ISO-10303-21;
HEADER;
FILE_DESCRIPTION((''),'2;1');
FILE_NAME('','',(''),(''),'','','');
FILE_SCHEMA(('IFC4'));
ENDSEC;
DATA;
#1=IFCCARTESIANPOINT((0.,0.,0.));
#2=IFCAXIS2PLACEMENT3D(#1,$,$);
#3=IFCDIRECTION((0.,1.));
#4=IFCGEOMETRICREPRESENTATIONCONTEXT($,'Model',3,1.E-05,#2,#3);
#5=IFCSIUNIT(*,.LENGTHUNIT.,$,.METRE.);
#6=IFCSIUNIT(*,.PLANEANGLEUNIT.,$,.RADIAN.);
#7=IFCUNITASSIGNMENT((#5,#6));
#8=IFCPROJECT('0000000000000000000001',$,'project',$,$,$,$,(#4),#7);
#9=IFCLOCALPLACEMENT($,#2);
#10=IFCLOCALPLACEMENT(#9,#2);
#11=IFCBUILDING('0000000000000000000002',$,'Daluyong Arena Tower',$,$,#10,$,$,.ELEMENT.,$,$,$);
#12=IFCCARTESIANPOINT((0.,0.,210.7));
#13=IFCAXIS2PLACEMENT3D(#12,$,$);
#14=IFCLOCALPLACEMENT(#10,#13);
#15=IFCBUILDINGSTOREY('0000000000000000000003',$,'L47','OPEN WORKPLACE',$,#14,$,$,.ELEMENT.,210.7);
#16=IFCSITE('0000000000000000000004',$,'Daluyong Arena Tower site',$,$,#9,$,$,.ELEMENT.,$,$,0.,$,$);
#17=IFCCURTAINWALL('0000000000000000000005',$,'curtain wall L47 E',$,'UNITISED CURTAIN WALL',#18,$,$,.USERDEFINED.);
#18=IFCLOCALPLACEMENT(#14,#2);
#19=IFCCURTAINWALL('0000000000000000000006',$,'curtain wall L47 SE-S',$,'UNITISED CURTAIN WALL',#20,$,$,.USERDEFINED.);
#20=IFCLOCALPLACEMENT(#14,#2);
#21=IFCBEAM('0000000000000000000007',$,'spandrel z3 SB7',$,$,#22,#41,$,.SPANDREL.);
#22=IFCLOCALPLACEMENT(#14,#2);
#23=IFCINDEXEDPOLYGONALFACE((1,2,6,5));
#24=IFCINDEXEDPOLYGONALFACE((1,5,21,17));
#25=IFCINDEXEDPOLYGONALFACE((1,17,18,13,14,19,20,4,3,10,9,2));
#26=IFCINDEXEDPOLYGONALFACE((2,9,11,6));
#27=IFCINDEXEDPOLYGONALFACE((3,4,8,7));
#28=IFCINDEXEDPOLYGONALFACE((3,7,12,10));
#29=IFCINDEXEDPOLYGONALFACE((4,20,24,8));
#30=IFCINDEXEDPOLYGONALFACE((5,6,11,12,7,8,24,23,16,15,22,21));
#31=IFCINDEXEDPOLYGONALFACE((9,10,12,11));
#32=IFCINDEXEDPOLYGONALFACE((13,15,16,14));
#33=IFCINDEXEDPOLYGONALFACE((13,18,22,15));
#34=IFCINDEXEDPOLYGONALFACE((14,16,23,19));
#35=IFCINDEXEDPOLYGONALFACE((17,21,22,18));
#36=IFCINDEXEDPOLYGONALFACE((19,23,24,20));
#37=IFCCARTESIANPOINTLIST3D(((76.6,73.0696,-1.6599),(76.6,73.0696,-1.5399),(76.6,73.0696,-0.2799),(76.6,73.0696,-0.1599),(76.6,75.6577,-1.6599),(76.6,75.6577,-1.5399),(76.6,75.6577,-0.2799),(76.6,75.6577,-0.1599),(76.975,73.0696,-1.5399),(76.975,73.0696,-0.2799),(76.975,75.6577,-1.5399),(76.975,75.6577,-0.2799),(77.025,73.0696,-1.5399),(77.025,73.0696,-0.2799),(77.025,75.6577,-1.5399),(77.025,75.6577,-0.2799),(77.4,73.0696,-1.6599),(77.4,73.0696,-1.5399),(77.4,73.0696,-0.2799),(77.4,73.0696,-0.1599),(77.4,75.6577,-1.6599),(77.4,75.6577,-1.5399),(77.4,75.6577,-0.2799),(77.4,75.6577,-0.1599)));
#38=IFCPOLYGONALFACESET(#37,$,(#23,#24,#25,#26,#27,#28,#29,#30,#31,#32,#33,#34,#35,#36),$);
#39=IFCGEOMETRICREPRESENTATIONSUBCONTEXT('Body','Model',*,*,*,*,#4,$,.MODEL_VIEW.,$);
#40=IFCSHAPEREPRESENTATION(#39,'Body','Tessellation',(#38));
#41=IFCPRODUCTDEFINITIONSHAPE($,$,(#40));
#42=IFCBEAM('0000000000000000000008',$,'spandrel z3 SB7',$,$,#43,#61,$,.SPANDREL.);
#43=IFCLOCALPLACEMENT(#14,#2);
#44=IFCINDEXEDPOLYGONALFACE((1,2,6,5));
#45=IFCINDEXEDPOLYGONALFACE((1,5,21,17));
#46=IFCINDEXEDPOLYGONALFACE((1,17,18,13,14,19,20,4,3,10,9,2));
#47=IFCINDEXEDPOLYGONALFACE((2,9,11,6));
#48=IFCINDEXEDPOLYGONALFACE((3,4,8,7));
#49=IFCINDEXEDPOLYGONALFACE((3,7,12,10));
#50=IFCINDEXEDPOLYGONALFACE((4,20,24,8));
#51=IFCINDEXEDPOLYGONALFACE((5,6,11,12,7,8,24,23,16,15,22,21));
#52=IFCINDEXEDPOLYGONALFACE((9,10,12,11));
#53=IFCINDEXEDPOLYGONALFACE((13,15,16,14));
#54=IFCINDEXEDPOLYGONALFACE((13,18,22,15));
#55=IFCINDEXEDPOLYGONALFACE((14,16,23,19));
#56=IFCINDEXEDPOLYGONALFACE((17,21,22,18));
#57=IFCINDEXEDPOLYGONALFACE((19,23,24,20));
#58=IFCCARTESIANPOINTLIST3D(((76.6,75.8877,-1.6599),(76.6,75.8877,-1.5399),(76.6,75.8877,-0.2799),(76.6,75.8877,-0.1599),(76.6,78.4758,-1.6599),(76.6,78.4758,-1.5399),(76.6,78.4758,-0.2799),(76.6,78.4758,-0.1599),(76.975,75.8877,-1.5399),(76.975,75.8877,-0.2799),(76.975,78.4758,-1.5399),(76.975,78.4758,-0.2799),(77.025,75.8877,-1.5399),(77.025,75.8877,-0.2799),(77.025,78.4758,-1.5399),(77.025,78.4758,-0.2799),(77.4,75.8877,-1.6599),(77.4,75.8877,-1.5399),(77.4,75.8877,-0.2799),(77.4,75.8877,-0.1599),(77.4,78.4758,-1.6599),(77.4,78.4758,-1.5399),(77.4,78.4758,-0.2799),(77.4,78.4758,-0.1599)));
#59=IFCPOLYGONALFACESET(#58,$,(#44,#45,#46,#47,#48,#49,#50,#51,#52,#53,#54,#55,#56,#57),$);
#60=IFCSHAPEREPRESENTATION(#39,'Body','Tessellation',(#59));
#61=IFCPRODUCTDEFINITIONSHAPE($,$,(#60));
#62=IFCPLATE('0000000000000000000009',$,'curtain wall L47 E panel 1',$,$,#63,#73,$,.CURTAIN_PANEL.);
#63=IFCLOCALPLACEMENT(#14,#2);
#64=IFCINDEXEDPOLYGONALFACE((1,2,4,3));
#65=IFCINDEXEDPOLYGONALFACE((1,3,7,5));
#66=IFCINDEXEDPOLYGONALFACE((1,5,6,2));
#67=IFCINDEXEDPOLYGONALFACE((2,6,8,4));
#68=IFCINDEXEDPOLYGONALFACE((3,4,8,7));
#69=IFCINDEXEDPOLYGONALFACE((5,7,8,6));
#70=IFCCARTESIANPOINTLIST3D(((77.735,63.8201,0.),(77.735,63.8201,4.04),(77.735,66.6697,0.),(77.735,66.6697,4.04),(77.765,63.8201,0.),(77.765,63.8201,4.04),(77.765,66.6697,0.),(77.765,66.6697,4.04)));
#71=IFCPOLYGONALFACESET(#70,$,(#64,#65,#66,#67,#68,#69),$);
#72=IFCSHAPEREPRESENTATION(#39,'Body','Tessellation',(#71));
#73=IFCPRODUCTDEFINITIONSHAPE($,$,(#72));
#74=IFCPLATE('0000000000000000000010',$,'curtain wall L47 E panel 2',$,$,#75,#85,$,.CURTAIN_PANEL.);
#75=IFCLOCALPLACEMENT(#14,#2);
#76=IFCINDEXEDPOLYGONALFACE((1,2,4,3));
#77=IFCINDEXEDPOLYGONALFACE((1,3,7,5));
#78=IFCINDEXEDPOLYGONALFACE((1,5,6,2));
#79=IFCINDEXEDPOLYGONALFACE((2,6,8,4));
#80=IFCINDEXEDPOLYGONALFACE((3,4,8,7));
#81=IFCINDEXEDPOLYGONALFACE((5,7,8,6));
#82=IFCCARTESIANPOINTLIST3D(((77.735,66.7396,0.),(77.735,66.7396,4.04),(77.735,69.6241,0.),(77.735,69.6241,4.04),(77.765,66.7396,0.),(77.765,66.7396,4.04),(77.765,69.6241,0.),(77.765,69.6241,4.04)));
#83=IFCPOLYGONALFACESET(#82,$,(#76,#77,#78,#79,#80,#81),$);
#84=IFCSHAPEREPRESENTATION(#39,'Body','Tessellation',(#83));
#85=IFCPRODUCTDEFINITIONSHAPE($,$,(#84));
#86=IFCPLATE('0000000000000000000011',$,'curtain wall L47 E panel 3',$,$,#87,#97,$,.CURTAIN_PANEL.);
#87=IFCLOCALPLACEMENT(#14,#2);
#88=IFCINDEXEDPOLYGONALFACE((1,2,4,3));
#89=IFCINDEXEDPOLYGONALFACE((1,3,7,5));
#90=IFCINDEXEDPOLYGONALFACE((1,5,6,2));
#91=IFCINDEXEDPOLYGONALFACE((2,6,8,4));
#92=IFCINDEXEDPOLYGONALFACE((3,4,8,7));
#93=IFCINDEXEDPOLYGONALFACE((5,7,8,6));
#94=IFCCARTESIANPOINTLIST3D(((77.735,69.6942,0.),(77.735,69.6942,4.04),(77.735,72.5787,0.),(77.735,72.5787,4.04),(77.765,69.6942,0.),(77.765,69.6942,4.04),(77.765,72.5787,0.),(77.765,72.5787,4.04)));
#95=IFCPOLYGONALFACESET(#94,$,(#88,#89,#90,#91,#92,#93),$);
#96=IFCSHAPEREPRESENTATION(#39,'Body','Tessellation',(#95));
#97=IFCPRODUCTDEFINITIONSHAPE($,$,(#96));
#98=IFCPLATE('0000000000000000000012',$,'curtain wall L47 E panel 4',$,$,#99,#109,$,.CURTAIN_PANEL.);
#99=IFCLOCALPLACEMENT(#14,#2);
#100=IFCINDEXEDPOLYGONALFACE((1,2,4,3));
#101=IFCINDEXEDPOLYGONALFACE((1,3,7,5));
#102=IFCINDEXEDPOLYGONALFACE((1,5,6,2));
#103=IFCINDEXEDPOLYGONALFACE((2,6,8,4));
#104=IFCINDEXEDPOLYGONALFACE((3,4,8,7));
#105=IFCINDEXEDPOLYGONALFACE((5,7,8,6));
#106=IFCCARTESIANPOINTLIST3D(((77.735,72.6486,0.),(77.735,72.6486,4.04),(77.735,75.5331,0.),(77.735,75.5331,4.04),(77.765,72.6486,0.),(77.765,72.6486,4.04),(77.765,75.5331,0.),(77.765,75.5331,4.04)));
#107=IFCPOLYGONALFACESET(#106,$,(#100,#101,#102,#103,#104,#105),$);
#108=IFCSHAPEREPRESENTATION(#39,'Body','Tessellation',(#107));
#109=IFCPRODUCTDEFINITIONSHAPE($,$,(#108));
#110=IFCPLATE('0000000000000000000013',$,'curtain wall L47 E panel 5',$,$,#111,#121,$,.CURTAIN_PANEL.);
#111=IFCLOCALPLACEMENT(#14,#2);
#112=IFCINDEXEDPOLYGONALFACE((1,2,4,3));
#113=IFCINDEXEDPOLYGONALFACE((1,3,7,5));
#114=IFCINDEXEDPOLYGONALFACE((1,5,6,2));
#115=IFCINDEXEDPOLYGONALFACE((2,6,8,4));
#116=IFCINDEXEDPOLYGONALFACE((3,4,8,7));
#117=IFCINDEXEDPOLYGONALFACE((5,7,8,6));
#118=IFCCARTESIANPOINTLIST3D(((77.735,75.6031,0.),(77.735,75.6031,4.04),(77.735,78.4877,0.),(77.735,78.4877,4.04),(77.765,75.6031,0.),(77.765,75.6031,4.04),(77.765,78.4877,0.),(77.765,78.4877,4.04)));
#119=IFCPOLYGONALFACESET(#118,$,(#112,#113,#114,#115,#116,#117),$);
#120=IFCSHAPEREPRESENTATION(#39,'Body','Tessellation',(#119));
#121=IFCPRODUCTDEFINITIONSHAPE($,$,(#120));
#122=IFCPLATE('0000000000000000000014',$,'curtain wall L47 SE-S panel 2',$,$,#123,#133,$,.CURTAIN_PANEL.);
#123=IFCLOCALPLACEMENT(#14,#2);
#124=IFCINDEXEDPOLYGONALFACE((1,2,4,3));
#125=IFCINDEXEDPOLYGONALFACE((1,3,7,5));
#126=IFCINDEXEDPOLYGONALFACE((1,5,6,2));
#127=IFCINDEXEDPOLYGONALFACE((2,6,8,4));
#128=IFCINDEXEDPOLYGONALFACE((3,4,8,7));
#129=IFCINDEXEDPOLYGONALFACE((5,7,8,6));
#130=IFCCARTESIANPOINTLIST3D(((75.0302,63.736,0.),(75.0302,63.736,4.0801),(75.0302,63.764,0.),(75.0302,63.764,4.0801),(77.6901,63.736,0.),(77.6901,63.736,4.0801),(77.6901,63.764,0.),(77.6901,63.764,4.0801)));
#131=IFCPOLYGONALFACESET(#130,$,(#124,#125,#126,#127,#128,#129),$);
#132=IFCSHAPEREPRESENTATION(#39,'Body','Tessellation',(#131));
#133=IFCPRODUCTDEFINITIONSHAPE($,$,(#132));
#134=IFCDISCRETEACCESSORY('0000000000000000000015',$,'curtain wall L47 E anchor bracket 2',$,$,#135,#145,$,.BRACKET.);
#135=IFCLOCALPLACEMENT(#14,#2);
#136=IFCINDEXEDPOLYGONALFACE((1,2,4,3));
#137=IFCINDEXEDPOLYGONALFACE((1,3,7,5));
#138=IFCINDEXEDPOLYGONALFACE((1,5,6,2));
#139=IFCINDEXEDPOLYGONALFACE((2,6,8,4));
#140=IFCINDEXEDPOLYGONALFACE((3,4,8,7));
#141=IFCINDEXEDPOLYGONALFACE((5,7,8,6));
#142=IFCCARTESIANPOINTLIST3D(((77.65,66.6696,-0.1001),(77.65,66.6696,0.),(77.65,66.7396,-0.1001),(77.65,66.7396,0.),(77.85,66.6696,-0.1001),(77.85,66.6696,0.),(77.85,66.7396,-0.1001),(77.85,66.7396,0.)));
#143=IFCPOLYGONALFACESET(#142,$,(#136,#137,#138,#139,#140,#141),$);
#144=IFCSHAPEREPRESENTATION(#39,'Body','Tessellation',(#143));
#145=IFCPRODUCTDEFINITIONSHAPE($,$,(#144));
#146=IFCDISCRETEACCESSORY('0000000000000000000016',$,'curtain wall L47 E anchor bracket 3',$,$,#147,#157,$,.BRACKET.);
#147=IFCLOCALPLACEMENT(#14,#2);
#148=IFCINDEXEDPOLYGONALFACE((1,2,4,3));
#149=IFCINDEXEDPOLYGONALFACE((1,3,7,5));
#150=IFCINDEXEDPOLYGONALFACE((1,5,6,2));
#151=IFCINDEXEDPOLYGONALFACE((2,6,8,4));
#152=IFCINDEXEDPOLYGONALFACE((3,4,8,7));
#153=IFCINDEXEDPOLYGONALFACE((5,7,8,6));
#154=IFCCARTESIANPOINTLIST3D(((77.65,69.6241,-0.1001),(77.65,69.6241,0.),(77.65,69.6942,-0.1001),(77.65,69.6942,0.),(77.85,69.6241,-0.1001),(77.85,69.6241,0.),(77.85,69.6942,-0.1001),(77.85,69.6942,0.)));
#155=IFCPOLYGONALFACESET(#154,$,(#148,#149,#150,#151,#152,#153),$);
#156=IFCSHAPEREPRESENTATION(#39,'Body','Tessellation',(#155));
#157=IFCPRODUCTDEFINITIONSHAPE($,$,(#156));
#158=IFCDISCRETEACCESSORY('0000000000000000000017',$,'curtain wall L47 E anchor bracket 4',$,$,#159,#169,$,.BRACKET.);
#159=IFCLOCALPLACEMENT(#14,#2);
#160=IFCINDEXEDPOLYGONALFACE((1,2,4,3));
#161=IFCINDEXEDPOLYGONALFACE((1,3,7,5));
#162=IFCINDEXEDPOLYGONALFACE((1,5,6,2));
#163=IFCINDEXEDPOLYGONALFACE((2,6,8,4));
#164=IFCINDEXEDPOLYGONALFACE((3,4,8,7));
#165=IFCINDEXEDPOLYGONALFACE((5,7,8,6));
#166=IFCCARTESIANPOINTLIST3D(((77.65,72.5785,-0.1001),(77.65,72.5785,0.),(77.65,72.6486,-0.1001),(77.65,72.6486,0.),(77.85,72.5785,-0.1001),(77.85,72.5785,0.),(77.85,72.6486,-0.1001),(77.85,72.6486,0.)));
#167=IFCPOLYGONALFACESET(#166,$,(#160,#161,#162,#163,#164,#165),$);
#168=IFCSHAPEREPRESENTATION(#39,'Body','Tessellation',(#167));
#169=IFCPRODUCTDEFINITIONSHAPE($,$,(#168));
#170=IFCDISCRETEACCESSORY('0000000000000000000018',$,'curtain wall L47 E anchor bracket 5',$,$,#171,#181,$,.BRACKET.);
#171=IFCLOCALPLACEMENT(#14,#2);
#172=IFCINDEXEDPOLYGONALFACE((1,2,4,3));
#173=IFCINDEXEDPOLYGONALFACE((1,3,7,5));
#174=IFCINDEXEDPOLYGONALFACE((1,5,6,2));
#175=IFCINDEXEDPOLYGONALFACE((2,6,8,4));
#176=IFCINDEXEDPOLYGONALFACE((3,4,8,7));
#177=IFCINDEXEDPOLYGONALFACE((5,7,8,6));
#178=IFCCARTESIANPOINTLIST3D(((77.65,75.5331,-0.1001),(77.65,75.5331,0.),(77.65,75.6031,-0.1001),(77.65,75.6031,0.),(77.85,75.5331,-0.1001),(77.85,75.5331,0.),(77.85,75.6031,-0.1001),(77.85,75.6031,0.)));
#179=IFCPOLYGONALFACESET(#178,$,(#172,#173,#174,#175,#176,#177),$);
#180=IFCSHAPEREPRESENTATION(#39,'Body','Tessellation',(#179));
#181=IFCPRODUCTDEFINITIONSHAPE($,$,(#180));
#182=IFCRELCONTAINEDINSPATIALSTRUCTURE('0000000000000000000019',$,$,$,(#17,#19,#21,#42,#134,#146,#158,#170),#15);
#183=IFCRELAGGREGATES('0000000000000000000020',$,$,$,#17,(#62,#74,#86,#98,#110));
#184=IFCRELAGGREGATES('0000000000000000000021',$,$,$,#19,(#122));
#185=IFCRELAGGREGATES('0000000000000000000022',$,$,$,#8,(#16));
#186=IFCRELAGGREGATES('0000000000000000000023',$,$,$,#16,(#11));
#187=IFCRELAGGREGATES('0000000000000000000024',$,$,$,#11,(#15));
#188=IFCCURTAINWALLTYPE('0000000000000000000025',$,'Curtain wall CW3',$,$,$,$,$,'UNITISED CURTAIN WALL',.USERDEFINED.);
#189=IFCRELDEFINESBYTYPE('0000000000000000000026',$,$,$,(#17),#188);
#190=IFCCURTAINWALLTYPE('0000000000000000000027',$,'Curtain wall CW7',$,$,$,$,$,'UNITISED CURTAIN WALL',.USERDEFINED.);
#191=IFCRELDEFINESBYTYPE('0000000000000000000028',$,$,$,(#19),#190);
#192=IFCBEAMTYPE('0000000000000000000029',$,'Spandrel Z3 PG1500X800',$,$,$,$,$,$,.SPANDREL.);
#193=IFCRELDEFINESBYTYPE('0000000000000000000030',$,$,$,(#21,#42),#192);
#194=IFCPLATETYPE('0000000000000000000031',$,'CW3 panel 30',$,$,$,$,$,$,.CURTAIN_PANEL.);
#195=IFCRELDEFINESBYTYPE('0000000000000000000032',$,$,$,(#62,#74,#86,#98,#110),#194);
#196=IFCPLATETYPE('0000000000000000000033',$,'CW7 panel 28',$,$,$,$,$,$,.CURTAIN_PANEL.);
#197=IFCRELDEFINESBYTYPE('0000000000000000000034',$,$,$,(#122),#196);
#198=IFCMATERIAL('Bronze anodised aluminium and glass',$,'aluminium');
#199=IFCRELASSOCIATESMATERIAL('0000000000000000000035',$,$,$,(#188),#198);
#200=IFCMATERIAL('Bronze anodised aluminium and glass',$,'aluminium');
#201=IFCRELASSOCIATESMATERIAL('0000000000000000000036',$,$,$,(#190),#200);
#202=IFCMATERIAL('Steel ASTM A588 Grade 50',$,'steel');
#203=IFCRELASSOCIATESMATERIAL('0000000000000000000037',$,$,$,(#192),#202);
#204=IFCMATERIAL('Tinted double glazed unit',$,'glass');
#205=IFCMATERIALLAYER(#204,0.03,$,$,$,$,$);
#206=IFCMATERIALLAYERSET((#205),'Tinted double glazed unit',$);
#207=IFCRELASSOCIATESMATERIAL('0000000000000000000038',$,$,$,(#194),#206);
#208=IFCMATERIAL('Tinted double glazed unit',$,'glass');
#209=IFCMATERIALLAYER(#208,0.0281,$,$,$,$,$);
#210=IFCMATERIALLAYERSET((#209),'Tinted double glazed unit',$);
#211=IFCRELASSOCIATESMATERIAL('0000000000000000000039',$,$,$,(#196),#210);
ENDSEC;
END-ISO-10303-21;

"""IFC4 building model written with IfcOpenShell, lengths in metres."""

from ifc_helpers import new_model, si_unit, direction, frame, origin, origin_2d, place, context, subcontext, project, spatial, rectangle, i_section, extrude, material, layer, layer_set, material_profile, profile_set, type_object, element, aggregate, save


model = new_model("IFC4")

# Units and contexts
model_context = context("Model", 3, precision=1e-05, world=origin(), true_north=direction((0.0, 1.0)))
body_context = subcontext(model_context, "Body", "Model", "MODEL_VIEW")
ifc_project = project(units=[si_unit("LENGTHUNIT", "METRE"), si_unit("PLANEANGLEUNIT", "RADIAN")], contexts=[model_context])

# Site, building, storey
site_placement = place(None, origin())
site = spatial("IfcSite", under=ifc_project, at=site_placement, Name="Daluyong Arena Tower site", CompositionType="ELEMENT", RefElevation=0.0)
building_placement = place(site_placement, origin())
building = spatial("IfcBuilding", under=site, at=building_placement, Name="Daluyong Arena Tower", CompositionType="ELEMENT")
storey_placement = place(building_placement, frame((0.0, 0.0, 210.7)))
storey = spatial("IfcBuildingStorey", under=building, at=storey_placement, Name="L47", Description="OPEN WORKPLACE", CompositionType="ELEMENT", Elevation=210.7)

# Curtain wall
ifc_material_1 = material(Name="Bronze anodised aluminium and glass", Category="aluminium")
curtain_wall_type_1 = type_object("IfcCurtainWallType", Name="Curtain wall CW3", ElementType="UNITISED CURTAIN WALL", PredefinedType="USERDEFINED", material=ifc_material_1)
curtain_wall_1_placement = place(storey_placement, origin())
curtain_wall_1 = element("IfcCurtainWall", 1, at=curtain_wall_1_placement, inside=storey, type_object=curtain_wall_type_1, Name="curtain wall L47 E", ObjectType="UNITISED CURTAIN WALL", PredefinedType="USERDEFINED")

# Curtain wall
ifc_material_2 = material(Name="Bronze anodised aluminium and glass", Category="aluminium")
curtain_wall_type_2 = type_object("IfcCurtainWallType", Name="Curtain wall CW7", ElementType="UNITISED CURTAIN WALL", PredefinedType="USERDEFINED", material=ifc_material_2)
curtain_wall_2_placement = place(storey_placement, origin())
curtain_wall_2 = element("IfcCurtainWall", 2, at=curtain_wall_2_placement, inside=storey, type_object=curtain_wall_type_2, Name="curtain wall L47 SE-S", ObjectType="UNITISED CURTAIN WALL", PredefinedType="USERDEFINED")

# Beams
ifc_material_3 = material(Name="Steel ASTM A588 Grade 50", Category="steel")
ifc_material_profile_1 = material_profile(ifc_material_3, i_section(OverallWidth=0.8, OverallDepth=1.5, WebThickness=0.05, FlangeThickness=0.12, at=origin_2d()))
ifc_profile_set_1 = profile_set([ifc_material_profile_1], Name="Steel ASTM A588 Grade 50")
beam_type_1 = type_object("IfcBeamType", Name="Spandrel Z3 PG1500X800", PredefinedType="SPANDREL", material=ifc_profile_set_1)
for number, where, z_axis, x_axis, name in (
    (3, (77.0, 73.0696, -0.9099), (0.0, 1.0, 0.0), (-1.0, 0.0, 0.0), "spandrel z3 SB7"),
    (4, (77.0, 75.8877, -0.9099), (0.0, 1.0, 0.0), (-1.0, 0.0, 0.0), "spandrel z3 SB7"),
):
    element("IfcBeam", number, at=place(storey_placement, frame(where, z_axis=z_axis, x_axis=x_axis)), inside=storey, type_object=beam_type_1, Name=name, PredefinedType="SPANDREL", context=body_context, shape_type="SweptSolid", body=[
        extrude(i_section(OverallWidth=0.8, OverallDepth=1.5, WebThickness=0.05, FlangeThickness=0.12, at=origin_2d()), origin(), (0.0, 0.0, 1.0), 2.5881),
    ])

# Plates
ifc_material_4 = material(Name="Tinted double glazed unit", Category="glass")
ifc_layer_1 = layer(ifc_material_4, 0.03)
ifc_layer_set_1 = layer_set([ifc_layer_1], Name="Tinted double glazed unit")
plate_type_1 = type_object("IfcPlateType", Name="CW3 panel 30", PredefinedType="CURTAIN_PANEL", material=ifc_layer_set_1)
plate_1_placement = place(storey_placement, frame((77.75, 65.2449, 0.0), z_axis=(0.0, 0.0, 1.0), x_axis=(0.0, 1.0, 0.0)))
plate_1 = element("IfcPlate", 5, at=plate_1_placement, type_object=plate_type_1, Name="curtain wall L47 E panel 1", PredefinedType="CURTAIN_PANEL", context=body_context, shape_type="SweptSolid", body=[
    extrude(rectangle(XDim=2.8496, YDim=0.03, at=origin_2d()), origin(), (0.0, 0.0, 1.0), 4.04),
])
plate_2_placement = place(storey_placement, frame((77.75, 68.1819, 0.0), z_axis=(0.0, 0.0, 1.0), x_axis=(0.0, 1.0, 0.0)))
plate_2 = element("IfcPlate", 6, at=plate_2_placement, type_object=plate_type_1, Name="curtain wall L47 E panel 2", PredefinedType="CURTAIN_PANEL", context=body_context, shape_type="SweptSolid", body=[
    extrude(rectangle(XDim=2.8845, YDim=0.03, at=origin_2d()), origin(), (0.0, 0.0, 1.0), 4.04),
])
plate_3_placement = place(storey_placement, frame((77.75, 71.1365, 0.0), z_axis=(0.0, 0.0, 1.0), x_axis=(0.0, 1.0, 0.0)))
plate_3 = element("IfcPlate", 7, at=plate_3_placement, type_object=plate_type_1, Name="curtain wall L47 E panel 3", PredefinedType="CURTAIN_PANEL", context=body_context, shape_type="SweptSolid", body=[
    extrude(rectangle(XDim=2.8845, YDim=0.03, at=origin_2d()), origin(), (0.0, 0.0, 1.0), 4.04),
])
plate_4_placement = place(storey_placement, frame((77.75, 74.0908, 0.0), z_axis=(0.0, 0.0, 1.0), x_axis=(0.0, 1.0, 0.0)))
plate_4 = element("IfcPlate", 8, at=plate_4_placement, type_object=plate_type_1, Name="curtain wall L47 E panel 4", PredefinedType="CURTAIN_PANEL", context=body_context, shape_type="SweptSolid", body=[
    extrude(rectangle(XDim=2.8845, YDim=0.03, at=origin_2d()), origin(), (0.0, 0.0, 1.0), 4.04),
])
plate_5_placement = place(storey_placement, frame((77.75, 77.0454, 0.0), z_axis=(0.0, 0.0, 1.0), x_axis=(0.0, 1.0, 0.0)))
plate_5 = element("IfcPlate", 9, at=plate_5_placement, type_object=plate_type_1, Name="curtain wall L47 E panel 5", PredefinedType="CURTAIN_PANEL", context=body_context, shape_type="SweptSolid", body=[
    extrude(rectangle(XDim=2.8845, YDim=0.03, at=origin_2d()), origin(), (0.0, 0.0, 1.0), 4.04),
])
aggregate(curtain_wall_1, [plate_1, plate_2, plate_3, plate_4, plate_5])
ifc_material_5 = material(Name="Tinted double glazed unit", Category="glass")
ifc_layer_2 = layer(ifc_material_5, 0.0281)
ifc_layer_set_2 = layer_set([ifc_layer_2], Name="Tinted double glazed unit")
plate_type_2 = type_object("IfcPlateType", Name="CW7 panel 28", PredefinedType="CURTAIN_PANEL", material=ifc_layer_set_2)
plate_6_placement = place(storey_placement, frame((76.3601, 63.75, 0.0), z_axis=(0.0, 0.0, 1.0), x_axis=(1.0, 0.0, 0.0)))
plate_6 = element("IfcPlate", 10, at=plate_6_placement, type_object=plate_type_2, Name="curtain wall L47 SE-S panel 2", PredefinedType="CURTAIN_PANEL", context=body_context, shape_type="SweptSolid", body=[
    extrude(rectangle(XDim=2.6599, YDim=0.0281, at=origin_2d()), origin(), (0.0, 0.0, 1.0), 4.0801),
])
aggregate(curtain_wall_2, [plate_6])

# Discrete accessories
for number, where, z_axis, x_axis, name in (
    (11, (77.75, 66.7046, -0.1001), (0.0, 0.0, 1.0), (0.0, 1.0, 0.0), "curtain wall L47 E anchor bracket 2"),
    (12, (77.75, 69.6592, -0.1001), (0.0, 0.0, 1.0), (0.0, 1.0, 0.0), "curtain wall L47 E anchor bracket 3"),
    (13, (77.75, 72.6135, -0.1001), (0.0, 0.0, 1.0), (0.0, 1.0, 0.0), "curtain wall L47 E anchor bracket 4"),
    (14, (77.75, 75.5681, -0.1001), (0.0, 0.0, 1.0), (0.0, 1.0, 0.0), "curtain wall L47 E anchor bracket 5"),
):
    element("IfcDiscreteAccessory", number, at=place(storey_placement, frame(where, z_axis=z_axis, x_axis=x_axis)), inside=storey, Name=name, PredefinedType="BRACKET", context=body_context, shape_type="SweptSolid", body=[
        extrude(rectangle(XDim=0.0701, YDim=0.2, at=origin_2d()), origin(), (0.0, 0.0, 1.0), 0.1001),
    ])

save(model, "model.ifc")
